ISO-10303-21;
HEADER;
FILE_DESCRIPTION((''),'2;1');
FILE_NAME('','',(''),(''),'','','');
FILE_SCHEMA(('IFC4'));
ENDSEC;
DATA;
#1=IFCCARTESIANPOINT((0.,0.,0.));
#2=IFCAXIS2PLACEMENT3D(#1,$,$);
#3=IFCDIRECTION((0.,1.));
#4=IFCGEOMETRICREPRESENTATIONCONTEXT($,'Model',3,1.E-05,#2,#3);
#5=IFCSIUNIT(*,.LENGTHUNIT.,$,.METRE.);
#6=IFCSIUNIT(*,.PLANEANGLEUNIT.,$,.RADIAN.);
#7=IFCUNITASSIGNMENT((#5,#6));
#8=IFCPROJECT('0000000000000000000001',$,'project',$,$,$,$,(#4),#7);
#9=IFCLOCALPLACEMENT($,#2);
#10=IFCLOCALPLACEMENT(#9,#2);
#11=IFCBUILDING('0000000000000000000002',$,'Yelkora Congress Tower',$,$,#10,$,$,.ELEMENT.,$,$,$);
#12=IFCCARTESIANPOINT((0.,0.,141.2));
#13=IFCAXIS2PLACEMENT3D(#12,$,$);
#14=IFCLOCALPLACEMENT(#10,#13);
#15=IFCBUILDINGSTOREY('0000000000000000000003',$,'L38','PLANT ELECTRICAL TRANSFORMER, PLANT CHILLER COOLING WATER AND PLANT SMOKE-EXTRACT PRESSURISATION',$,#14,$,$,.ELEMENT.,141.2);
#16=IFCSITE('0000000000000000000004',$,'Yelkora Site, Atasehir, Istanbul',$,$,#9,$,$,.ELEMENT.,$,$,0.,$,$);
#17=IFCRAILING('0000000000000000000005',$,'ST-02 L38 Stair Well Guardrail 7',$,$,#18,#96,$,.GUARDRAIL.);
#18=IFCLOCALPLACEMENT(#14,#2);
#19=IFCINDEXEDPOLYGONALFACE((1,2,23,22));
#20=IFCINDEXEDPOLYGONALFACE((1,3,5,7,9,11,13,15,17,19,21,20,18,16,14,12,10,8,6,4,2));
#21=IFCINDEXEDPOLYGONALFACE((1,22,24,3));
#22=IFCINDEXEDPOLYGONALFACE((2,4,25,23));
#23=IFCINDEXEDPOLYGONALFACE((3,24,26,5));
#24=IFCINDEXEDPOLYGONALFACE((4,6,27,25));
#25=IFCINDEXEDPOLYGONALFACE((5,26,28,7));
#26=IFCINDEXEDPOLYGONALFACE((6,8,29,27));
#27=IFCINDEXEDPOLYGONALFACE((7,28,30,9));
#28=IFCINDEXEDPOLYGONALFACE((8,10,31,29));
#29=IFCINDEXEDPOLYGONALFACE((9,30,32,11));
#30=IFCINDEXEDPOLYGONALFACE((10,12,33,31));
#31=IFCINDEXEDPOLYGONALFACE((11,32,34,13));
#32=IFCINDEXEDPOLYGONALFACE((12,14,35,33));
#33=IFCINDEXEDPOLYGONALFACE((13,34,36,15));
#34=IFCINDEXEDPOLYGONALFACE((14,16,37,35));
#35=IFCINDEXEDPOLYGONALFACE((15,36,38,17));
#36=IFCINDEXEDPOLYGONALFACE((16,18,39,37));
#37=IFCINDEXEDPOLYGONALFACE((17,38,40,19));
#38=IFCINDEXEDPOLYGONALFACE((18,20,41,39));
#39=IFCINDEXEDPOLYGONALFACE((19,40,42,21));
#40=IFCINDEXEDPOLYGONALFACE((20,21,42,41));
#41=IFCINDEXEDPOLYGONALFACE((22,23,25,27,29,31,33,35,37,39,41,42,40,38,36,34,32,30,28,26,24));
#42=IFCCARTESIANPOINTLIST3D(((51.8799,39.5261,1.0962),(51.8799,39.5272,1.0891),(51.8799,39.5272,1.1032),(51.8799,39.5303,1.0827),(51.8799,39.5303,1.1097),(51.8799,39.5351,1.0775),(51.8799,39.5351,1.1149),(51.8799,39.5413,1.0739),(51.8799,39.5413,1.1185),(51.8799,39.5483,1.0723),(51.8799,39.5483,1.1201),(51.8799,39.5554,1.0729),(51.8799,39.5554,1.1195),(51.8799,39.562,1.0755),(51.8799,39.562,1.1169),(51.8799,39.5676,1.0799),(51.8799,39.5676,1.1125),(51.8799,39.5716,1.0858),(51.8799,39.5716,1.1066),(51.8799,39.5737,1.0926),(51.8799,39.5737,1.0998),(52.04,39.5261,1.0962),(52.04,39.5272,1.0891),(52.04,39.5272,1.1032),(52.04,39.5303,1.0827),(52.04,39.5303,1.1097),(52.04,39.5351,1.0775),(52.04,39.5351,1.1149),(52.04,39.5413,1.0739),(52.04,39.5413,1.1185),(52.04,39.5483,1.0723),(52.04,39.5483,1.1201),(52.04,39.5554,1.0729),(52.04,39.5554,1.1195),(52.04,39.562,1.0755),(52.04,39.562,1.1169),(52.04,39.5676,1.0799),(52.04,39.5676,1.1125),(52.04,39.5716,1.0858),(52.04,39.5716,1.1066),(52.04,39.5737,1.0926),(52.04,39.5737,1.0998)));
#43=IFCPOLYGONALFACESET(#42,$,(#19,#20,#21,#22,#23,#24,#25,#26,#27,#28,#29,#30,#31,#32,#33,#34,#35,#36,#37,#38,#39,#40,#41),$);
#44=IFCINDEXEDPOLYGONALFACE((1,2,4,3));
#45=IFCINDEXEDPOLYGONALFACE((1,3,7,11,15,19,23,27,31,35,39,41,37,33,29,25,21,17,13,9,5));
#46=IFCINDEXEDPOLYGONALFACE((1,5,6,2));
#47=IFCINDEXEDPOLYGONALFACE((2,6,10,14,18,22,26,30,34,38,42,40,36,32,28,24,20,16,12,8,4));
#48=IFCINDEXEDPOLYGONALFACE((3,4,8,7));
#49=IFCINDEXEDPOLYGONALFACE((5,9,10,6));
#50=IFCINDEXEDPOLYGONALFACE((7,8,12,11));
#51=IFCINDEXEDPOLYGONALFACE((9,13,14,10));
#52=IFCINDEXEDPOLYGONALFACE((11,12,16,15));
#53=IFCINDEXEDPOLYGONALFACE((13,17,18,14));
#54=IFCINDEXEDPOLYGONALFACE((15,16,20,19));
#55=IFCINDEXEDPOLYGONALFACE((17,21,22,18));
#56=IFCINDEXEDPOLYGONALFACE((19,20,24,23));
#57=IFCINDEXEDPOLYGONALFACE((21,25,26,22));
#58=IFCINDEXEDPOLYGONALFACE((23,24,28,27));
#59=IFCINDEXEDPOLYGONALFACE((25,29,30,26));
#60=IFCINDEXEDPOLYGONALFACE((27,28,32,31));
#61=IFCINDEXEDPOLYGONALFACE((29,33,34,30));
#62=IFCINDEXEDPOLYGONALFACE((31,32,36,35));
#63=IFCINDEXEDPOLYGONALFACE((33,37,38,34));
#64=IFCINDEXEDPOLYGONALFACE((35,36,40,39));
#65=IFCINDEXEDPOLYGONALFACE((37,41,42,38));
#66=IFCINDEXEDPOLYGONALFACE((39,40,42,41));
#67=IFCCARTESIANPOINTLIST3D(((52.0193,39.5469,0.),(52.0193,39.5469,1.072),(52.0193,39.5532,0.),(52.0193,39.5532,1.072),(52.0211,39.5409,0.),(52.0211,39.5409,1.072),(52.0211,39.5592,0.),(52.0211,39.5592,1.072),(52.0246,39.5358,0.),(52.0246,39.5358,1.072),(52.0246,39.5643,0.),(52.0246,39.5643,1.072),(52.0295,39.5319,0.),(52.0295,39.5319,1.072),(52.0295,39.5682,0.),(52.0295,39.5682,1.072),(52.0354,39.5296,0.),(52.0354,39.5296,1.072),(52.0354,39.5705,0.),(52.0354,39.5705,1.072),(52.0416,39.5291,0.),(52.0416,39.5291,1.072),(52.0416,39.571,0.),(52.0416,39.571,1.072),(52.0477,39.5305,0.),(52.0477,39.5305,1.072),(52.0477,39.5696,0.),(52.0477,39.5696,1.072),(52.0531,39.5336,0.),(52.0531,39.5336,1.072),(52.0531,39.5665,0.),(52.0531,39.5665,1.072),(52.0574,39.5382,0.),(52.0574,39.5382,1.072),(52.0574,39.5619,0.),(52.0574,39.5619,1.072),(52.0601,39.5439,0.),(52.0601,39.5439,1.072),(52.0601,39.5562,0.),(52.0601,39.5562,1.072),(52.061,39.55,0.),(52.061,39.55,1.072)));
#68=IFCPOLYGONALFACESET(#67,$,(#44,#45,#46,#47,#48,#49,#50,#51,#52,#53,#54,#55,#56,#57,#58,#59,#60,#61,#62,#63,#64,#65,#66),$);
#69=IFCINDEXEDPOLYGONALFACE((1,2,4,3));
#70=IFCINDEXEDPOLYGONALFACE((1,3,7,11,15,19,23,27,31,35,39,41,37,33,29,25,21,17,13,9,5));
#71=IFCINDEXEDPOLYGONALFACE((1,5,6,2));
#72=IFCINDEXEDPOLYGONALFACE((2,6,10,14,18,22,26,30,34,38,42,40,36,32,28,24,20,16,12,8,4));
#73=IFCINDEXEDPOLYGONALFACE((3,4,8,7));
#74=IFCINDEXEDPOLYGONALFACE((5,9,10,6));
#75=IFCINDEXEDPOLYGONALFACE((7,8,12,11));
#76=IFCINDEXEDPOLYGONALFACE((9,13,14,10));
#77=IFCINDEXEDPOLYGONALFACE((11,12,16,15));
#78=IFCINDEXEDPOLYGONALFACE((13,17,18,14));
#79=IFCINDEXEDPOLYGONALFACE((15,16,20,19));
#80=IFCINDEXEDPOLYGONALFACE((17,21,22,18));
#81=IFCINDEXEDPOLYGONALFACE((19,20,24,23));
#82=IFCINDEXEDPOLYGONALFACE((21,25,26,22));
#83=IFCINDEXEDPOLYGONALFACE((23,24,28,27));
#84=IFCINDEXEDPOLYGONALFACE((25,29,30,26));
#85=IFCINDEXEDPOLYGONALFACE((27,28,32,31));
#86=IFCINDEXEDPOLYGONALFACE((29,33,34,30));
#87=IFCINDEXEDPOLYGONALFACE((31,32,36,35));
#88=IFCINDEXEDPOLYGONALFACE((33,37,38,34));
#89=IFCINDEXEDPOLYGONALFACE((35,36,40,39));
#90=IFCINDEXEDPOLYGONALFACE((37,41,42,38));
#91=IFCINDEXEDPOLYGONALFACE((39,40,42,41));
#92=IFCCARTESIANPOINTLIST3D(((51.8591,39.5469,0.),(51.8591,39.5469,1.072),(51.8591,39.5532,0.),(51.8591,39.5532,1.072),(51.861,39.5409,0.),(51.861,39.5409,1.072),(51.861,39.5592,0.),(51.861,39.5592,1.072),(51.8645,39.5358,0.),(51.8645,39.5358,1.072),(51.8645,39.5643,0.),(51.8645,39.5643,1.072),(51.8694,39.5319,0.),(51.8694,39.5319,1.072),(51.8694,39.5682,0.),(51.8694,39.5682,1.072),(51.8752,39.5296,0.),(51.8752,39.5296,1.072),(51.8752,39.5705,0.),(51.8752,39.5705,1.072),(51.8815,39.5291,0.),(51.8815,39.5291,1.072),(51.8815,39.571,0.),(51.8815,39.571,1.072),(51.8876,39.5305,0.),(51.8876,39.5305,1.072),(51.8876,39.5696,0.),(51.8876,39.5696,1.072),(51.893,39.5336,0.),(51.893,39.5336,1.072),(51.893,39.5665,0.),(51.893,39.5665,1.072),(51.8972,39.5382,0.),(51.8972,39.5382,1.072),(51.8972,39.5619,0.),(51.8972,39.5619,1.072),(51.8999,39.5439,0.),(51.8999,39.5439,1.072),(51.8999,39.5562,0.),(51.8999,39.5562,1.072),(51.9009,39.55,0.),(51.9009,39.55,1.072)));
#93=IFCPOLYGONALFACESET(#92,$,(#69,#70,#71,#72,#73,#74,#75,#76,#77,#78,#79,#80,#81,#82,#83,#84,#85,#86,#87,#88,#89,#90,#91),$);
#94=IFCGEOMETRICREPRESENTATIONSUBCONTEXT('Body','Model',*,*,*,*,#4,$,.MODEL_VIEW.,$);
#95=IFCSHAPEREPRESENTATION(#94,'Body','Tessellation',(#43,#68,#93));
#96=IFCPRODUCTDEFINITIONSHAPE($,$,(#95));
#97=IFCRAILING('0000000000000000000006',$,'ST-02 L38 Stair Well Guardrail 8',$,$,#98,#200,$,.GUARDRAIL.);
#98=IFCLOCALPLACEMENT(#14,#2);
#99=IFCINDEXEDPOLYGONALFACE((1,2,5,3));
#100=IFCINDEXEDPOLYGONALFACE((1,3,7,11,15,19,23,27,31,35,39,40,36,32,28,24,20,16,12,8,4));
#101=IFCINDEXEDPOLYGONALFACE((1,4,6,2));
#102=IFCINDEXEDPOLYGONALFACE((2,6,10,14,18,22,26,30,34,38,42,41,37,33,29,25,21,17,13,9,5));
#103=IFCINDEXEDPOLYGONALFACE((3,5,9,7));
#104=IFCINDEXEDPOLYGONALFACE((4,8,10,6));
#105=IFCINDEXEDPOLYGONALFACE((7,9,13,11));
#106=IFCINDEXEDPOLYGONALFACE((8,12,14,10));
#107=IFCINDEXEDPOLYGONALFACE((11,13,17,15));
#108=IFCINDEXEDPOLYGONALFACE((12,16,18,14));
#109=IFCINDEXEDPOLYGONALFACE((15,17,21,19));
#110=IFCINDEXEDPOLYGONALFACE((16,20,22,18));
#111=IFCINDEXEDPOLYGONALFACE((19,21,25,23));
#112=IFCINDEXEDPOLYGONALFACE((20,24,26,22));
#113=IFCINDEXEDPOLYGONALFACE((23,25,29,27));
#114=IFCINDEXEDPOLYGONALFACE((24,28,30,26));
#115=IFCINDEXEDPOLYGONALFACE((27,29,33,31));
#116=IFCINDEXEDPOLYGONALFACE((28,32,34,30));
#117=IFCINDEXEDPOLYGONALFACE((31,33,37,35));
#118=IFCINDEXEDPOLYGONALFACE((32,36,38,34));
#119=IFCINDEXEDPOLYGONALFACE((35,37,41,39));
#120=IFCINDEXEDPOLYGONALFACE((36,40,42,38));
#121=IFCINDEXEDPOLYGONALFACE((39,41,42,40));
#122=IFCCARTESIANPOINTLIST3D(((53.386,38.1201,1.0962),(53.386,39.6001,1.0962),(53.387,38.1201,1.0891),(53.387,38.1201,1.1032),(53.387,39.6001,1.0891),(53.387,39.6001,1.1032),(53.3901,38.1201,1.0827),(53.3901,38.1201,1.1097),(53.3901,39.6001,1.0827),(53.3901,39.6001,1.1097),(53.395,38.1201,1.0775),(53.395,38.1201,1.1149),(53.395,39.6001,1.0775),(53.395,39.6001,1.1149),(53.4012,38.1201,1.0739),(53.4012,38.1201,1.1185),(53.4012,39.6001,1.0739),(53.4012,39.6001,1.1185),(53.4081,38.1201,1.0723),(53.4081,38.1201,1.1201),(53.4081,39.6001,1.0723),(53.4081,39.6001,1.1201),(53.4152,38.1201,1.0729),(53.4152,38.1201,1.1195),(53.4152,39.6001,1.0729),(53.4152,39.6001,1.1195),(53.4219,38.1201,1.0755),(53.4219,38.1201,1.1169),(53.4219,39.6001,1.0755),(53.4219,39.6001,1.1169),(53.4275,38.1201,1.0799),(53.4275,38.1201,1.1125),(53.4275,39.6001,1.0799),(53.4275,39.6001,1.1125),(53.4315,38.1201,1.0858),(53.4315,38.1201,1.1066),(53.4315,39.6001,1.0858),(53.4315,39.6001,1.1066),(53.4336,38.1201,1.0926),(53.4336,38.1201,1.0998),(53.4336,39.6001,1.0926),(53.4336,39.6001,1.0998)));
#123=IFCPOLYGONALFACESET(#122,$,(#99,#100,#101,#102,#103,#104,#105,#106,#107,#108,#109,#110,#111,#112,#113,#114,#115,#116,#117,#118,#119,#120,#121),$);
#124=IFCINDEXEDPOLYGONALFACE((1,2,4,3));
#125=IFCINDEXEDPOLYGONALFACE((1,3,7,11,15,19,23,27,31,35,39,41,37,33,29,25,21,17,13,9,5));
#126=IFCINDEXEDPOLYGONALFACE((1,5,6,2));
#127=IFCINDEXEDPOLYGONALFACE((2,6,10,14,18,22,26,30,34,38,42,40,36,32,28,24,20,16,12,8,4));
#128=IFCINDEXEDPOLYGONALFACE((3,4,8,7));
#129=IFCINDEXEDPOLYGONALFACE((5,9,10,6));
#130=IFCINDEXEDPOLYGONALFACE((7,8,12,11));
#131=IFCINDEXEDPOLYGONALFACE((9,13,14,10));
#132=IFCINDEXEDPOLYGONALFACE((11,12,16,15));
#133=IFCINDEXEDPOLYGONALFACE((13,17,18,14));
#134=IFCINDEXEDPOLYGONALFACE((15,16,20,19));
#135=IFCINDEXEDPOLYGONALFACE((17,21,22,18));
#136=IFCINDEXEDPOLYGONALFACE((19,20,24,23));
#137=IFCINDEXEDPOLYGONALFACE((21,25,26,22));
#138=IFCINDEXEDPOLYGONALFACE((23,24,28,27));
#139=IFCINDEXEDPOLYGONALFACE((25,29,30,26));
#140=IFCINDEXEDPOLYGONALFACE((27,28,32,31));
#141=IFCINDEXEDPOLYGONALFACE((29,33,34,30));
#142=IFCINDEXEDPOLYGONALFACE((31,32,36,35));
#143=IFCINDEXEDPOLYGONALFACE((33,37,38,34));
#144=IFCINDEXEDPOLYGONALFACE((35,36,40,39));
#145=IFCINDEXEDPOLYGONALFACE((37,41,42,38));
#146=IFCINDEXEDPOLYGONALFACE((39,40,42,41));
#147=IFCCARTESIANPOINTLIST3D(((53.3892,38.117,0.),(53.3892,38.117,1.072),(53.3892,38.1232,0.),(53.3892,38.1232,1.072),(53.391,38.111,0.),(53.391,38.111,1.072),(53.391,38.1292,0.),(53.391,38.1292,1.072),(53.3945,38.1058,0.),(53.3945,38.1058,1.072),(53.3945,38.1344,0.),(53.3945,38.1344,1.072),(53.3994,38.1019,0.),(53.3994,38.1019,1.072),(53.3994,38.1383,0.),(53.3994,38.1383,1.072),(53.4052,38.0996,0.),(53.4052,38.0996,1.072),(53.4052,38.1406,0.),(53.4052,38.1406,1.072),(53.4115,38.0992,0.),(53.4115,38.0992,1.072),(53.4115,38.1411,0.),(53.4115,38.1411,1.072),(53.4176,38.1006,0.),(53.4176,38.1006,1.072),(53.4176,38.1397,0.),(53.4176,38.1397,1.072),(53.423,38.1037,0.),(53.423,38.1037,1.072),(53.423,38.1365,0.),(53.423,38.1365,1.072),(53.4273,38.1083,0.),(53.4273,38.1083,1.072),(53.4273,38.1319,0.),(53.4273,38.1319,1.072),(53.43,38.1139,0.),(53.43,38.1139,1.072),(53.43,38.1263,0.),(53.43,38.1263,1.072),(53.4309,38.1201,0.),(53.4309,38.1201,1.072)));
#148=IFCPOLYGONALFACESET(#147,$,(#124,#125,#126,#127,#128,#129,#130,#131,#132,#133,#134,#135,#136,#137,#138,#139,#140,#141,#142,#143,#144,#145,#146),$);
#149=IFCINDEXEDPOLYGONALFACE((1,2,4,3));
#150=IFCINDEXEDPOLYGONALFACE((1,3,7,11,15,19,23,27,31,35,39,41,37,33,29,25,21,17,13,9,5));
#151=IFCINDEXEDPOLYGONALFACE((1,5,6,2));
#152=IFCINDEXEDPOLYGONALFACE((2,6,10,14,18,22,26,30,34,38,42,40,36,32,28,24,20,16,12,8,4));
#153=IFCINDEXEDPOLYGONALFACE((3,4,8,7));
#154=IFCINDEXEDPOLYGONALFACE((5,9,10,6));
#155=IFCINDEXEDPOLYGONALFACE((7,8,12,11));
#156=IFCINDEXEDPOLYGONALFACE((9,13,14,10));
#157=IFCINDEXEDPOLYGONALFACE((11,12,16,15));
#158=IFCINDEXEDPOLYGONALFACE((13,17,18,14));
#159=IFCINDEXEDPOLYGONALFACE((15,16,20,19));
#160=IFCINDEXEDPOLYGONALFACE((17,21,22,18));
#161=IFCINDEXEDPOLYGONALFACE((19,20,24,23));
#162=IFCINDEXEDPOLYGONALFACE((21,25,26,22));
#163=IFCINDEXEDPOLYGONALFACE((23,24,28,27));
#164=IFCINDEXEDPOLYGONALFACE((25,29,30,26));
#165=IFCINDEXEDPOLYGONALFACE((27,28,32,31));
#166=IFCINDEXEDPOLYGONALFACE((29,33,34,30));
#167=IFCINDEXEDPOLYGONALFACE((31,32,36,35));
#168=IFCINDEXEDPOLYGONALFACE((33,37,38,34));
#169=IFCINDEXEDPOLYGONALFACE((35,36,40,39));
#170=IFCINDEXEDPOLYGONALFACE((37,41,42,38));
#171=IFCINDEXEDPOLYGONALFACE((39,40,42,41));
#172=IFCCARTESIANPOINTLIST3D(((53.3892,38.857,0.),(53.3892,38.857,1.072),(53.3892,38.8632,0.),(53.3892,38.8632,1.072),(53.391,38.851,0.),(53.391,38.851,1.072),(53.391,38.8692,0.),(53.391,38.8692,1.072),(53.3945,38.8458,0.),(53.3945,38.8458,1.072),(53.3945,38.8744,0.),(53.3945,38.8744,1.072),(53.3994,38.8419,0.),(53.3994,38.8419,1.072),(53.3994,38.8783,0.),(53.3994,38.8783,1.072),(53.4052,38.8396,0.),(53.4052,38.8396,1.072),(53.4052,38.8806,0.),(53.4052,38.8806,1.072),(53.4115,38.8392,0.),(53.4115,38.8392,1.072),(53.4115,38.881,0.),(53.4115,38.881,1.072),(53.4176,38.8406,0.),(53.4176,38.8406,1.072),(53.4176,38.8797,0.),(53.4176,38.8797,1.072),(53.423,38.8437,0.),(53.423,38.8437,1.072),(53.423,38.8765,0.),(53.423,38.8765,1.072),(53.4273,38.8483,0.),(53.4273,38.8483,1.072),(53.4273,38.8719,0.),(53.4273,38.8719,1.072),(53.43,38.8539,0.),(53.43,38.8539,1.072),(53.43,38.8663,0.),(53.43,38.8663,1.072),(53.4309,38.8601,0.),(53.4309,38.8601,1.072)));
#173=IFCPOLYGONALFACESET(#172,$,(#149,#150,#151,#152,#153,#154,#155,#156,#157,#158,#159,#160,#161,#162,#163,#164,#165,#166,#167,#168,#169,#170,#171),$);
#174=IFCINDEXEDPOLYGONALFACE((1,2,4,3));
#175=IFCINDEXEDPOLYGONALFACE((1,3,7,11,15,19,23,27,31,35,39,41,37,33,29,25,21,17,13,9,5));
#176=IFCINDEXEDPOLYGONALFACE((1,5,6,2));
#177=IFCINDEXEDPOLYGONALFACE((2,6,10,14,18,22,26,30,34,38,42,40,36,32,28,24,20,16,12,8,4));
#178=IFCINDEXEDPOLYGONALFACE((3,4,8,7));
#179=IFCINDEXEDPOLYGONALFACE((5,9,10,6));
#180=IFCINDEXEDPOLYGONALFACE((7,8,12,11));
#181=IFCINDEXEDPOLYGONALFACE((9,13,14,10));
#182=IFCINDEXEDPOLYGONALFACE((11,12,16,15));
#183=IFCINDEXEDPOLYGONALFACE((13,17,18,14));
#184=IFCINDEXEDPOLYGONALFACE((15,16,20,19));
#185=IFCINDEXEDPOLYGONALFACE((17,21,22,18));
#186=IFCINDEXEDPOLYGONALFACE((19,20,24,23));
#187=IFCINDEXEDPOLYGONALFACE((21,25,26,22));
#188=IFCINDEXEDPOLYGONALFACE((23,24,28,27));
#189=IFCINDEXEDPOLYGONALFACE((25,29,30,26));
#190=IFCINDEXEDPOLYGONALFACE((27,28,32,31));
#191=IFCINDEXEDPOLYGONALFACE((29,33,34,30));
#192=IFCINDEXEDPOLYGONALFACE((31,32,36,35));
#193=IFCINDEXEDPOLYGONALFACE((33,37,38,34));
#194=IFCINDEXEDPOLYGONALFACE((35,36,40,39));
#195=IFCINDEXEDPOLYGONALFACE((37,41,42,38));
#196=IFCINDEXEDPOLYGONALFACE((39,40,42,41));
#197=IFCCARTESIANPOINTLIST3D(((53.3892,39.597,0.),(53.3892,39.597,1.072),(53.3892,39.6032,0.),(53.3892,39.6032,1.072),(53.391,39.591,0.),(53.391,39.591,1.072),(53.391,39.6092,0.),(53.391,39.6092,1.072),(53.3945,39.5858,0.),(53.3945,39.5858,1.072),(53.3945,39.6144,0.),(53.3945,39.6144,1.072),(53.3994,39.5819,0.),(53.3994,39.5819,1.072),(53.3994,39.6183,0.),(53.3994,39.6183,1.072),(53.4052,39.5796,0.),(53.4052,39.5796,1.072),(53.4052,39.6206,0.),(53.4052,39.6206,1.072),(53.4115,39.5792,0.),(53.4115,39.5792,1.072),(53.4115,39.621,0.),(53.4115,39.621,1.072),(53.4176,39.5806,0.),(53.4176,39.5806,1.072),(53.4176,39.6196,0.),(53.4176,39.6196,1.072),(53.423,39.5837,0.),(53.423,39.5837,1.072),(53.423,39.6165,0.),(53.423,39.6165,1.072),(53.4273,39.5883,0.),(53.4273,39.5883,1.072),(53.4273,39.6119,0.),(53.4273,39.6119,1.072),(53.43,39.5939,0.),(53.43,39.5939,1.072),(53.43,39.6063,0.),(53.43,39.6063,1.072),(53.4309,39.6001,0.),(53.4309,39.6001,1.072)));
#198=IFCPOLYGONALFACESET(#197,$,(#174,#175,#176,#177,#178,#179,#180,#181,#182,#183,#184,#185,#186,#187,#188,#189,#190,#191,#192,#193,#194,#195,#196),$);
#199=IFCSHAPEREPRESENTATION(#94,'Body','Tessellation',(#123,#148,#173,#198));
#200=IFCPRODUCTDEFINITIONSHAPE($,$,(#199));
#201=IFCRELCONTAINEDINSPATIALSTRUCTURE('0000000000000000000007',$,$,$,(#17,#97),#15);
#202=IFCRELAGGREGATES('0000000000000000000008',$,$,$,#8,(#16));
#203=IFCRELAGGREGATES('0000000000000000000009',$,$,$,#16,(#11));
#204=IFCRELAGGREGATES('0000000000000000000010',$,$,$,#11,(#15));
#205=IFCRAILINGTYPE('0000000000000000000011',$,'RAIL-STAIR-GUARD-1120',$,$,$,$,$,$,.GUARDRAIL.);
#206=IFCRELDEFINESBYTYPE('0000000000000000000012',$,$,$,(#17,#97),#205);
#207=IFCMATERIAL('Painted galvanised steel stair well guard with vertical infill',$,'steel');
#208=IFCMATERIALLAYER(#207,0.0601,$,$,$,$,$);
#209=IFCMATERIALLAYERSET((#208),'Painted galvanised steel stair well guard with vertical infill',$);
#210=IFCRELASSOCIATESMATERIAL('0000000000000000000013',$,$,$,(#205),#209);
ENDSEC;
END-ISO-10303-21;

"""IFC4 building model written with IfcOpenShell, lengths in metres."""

from ifc_helpers import new_model, si_unit, direction, frame, origin, origin_2d, place, context, subcontext, project, spatial, circle, extrude, material, layer, layer_set, type_object, element, save


model = new_model("IFC4")

# Units and contexts
model_context = context("Model", 3, precision=1e-05, world=origin(), true_north=direction((0.0, 1.0)))
body_context = subcontext(model_context, "Body", "Model", "MODEL_VIEW")
ifc_project = project(units=[si_unit("LENGTHUNIT", "METRE"), si_unit("PLANEANGLEUNIT", "RADIAN")], contexts=[model_context])

# Site, building, storey
site_placement = place(None, origin())
site = spatial("IfcSite", under=ifc_project, at=site_placement, Name="Yelkora Site, Atasehir, Istanbul", CompositionType="ELEMENT", RefElevation=0.0)
building_placement = place(site_placement, origin())
building = spatial("IfcBuilding", under=site, at=building_placement, Name="Yelkora Congress Tower", CompositionType="ELEMENT")
storey_placement = place(building_placement, frame((0.0, 0.0, 141.2)))
storey = spatial("IfcBuildingStorey", under=building, at=storey_placement, Name="L38", Description="PLANT ELECTRICAL TRANSFORMER, PLANT CHILLER COOLING WATER AND PLANT SMOKE-EXTRACT PRESSURISATION", CompositionType="ELEMENT", Elevation=141.2)

# Railings
ifc_material_1 = material(Name="Painted galvanised steel stair well guard with vertical infill", Category="steel")
ifc_layer_1 = layer(ifc_material_1, 0.0601)
ifc_layer_set_1 = layer_set([ifc_layer_1], Name="Painted galvanised steel stair well guard with vertical infill")
railing_type_1 = type_object("IfcRailingType", Name="RAIL-STAIR-GUARD-1120", PredefinedType="GUARDRAIL", material=ifc_layer_set_1)
railing_1_placement = place(storey_placement, frame((52.04, 39.55, 0.0)))
element("IfcRailing", 1, at=railing_1_placement, inside=storey, type_object=railing_type_1, Name="ST-02 L38 Stair Well Guardrail 7", PredefinedType="GUARDRAIL", context=body_context, shape_type="SweptSolid", body=[
    extrude(circle(Radius=0.0239, at=origin_2d()), frame((0.0, 0.0, 1.0962), z_axis=(-1.0, 0.0, 0.0), x_axis=(0.0, -1.0, 0.0)), (0.0, 0.0, 1.0), 0.1602),
    extrude(circle(Radius=0.021, at=origin_2d()), origin(), (0.0, 0.0, 1.0), 1.072),
    extrude(circle(Radius=0.021, at=origin_2d()), frame((-0.1602, 0.0, 0.0)), (0.0, 0.0, 1.0), 1.072),
])
for number, where, name in (
    (2, (53.4099, 38.1201, 0.0), "ST-02 L38 Stair Well Guardrail 8"),
):
    element("IfcRailing", number, at=place(storey_placement, frame(where)), inside=storey, type_object=railing_type_1, Name=name, PredefinedType="GUARDRAIL", context=body_context, shape_type="SweptSolid", body=[
        extrude(circle(Radius=0.0239, at=origin_2d()), frame((0.0, 0.0, 1.0962), z_axis=(0.0, 1.0, 0.0), x_axis=(-1.0, 0.0, 0.0)), (0.0, 0.0, 1.0), 1.48),
        extrude(circle(Radius=0.021, at=origin_2d()), origin(), (0.0, 0.0, 1.0), 1.072),
        extrude(circle(Radius=0.021, at=origin_2d()), frame((0.0, 0.74, 0.0)), (0.0, 0.0, 1.0), 1.072),
        extrude(circle(Radius=0.021, at=origin_2d()), frame((0.0, 1.48, 0.0)), (0.0, 0.0, 1.0), 1.072),
    ])

save(model, "model.ifc")
